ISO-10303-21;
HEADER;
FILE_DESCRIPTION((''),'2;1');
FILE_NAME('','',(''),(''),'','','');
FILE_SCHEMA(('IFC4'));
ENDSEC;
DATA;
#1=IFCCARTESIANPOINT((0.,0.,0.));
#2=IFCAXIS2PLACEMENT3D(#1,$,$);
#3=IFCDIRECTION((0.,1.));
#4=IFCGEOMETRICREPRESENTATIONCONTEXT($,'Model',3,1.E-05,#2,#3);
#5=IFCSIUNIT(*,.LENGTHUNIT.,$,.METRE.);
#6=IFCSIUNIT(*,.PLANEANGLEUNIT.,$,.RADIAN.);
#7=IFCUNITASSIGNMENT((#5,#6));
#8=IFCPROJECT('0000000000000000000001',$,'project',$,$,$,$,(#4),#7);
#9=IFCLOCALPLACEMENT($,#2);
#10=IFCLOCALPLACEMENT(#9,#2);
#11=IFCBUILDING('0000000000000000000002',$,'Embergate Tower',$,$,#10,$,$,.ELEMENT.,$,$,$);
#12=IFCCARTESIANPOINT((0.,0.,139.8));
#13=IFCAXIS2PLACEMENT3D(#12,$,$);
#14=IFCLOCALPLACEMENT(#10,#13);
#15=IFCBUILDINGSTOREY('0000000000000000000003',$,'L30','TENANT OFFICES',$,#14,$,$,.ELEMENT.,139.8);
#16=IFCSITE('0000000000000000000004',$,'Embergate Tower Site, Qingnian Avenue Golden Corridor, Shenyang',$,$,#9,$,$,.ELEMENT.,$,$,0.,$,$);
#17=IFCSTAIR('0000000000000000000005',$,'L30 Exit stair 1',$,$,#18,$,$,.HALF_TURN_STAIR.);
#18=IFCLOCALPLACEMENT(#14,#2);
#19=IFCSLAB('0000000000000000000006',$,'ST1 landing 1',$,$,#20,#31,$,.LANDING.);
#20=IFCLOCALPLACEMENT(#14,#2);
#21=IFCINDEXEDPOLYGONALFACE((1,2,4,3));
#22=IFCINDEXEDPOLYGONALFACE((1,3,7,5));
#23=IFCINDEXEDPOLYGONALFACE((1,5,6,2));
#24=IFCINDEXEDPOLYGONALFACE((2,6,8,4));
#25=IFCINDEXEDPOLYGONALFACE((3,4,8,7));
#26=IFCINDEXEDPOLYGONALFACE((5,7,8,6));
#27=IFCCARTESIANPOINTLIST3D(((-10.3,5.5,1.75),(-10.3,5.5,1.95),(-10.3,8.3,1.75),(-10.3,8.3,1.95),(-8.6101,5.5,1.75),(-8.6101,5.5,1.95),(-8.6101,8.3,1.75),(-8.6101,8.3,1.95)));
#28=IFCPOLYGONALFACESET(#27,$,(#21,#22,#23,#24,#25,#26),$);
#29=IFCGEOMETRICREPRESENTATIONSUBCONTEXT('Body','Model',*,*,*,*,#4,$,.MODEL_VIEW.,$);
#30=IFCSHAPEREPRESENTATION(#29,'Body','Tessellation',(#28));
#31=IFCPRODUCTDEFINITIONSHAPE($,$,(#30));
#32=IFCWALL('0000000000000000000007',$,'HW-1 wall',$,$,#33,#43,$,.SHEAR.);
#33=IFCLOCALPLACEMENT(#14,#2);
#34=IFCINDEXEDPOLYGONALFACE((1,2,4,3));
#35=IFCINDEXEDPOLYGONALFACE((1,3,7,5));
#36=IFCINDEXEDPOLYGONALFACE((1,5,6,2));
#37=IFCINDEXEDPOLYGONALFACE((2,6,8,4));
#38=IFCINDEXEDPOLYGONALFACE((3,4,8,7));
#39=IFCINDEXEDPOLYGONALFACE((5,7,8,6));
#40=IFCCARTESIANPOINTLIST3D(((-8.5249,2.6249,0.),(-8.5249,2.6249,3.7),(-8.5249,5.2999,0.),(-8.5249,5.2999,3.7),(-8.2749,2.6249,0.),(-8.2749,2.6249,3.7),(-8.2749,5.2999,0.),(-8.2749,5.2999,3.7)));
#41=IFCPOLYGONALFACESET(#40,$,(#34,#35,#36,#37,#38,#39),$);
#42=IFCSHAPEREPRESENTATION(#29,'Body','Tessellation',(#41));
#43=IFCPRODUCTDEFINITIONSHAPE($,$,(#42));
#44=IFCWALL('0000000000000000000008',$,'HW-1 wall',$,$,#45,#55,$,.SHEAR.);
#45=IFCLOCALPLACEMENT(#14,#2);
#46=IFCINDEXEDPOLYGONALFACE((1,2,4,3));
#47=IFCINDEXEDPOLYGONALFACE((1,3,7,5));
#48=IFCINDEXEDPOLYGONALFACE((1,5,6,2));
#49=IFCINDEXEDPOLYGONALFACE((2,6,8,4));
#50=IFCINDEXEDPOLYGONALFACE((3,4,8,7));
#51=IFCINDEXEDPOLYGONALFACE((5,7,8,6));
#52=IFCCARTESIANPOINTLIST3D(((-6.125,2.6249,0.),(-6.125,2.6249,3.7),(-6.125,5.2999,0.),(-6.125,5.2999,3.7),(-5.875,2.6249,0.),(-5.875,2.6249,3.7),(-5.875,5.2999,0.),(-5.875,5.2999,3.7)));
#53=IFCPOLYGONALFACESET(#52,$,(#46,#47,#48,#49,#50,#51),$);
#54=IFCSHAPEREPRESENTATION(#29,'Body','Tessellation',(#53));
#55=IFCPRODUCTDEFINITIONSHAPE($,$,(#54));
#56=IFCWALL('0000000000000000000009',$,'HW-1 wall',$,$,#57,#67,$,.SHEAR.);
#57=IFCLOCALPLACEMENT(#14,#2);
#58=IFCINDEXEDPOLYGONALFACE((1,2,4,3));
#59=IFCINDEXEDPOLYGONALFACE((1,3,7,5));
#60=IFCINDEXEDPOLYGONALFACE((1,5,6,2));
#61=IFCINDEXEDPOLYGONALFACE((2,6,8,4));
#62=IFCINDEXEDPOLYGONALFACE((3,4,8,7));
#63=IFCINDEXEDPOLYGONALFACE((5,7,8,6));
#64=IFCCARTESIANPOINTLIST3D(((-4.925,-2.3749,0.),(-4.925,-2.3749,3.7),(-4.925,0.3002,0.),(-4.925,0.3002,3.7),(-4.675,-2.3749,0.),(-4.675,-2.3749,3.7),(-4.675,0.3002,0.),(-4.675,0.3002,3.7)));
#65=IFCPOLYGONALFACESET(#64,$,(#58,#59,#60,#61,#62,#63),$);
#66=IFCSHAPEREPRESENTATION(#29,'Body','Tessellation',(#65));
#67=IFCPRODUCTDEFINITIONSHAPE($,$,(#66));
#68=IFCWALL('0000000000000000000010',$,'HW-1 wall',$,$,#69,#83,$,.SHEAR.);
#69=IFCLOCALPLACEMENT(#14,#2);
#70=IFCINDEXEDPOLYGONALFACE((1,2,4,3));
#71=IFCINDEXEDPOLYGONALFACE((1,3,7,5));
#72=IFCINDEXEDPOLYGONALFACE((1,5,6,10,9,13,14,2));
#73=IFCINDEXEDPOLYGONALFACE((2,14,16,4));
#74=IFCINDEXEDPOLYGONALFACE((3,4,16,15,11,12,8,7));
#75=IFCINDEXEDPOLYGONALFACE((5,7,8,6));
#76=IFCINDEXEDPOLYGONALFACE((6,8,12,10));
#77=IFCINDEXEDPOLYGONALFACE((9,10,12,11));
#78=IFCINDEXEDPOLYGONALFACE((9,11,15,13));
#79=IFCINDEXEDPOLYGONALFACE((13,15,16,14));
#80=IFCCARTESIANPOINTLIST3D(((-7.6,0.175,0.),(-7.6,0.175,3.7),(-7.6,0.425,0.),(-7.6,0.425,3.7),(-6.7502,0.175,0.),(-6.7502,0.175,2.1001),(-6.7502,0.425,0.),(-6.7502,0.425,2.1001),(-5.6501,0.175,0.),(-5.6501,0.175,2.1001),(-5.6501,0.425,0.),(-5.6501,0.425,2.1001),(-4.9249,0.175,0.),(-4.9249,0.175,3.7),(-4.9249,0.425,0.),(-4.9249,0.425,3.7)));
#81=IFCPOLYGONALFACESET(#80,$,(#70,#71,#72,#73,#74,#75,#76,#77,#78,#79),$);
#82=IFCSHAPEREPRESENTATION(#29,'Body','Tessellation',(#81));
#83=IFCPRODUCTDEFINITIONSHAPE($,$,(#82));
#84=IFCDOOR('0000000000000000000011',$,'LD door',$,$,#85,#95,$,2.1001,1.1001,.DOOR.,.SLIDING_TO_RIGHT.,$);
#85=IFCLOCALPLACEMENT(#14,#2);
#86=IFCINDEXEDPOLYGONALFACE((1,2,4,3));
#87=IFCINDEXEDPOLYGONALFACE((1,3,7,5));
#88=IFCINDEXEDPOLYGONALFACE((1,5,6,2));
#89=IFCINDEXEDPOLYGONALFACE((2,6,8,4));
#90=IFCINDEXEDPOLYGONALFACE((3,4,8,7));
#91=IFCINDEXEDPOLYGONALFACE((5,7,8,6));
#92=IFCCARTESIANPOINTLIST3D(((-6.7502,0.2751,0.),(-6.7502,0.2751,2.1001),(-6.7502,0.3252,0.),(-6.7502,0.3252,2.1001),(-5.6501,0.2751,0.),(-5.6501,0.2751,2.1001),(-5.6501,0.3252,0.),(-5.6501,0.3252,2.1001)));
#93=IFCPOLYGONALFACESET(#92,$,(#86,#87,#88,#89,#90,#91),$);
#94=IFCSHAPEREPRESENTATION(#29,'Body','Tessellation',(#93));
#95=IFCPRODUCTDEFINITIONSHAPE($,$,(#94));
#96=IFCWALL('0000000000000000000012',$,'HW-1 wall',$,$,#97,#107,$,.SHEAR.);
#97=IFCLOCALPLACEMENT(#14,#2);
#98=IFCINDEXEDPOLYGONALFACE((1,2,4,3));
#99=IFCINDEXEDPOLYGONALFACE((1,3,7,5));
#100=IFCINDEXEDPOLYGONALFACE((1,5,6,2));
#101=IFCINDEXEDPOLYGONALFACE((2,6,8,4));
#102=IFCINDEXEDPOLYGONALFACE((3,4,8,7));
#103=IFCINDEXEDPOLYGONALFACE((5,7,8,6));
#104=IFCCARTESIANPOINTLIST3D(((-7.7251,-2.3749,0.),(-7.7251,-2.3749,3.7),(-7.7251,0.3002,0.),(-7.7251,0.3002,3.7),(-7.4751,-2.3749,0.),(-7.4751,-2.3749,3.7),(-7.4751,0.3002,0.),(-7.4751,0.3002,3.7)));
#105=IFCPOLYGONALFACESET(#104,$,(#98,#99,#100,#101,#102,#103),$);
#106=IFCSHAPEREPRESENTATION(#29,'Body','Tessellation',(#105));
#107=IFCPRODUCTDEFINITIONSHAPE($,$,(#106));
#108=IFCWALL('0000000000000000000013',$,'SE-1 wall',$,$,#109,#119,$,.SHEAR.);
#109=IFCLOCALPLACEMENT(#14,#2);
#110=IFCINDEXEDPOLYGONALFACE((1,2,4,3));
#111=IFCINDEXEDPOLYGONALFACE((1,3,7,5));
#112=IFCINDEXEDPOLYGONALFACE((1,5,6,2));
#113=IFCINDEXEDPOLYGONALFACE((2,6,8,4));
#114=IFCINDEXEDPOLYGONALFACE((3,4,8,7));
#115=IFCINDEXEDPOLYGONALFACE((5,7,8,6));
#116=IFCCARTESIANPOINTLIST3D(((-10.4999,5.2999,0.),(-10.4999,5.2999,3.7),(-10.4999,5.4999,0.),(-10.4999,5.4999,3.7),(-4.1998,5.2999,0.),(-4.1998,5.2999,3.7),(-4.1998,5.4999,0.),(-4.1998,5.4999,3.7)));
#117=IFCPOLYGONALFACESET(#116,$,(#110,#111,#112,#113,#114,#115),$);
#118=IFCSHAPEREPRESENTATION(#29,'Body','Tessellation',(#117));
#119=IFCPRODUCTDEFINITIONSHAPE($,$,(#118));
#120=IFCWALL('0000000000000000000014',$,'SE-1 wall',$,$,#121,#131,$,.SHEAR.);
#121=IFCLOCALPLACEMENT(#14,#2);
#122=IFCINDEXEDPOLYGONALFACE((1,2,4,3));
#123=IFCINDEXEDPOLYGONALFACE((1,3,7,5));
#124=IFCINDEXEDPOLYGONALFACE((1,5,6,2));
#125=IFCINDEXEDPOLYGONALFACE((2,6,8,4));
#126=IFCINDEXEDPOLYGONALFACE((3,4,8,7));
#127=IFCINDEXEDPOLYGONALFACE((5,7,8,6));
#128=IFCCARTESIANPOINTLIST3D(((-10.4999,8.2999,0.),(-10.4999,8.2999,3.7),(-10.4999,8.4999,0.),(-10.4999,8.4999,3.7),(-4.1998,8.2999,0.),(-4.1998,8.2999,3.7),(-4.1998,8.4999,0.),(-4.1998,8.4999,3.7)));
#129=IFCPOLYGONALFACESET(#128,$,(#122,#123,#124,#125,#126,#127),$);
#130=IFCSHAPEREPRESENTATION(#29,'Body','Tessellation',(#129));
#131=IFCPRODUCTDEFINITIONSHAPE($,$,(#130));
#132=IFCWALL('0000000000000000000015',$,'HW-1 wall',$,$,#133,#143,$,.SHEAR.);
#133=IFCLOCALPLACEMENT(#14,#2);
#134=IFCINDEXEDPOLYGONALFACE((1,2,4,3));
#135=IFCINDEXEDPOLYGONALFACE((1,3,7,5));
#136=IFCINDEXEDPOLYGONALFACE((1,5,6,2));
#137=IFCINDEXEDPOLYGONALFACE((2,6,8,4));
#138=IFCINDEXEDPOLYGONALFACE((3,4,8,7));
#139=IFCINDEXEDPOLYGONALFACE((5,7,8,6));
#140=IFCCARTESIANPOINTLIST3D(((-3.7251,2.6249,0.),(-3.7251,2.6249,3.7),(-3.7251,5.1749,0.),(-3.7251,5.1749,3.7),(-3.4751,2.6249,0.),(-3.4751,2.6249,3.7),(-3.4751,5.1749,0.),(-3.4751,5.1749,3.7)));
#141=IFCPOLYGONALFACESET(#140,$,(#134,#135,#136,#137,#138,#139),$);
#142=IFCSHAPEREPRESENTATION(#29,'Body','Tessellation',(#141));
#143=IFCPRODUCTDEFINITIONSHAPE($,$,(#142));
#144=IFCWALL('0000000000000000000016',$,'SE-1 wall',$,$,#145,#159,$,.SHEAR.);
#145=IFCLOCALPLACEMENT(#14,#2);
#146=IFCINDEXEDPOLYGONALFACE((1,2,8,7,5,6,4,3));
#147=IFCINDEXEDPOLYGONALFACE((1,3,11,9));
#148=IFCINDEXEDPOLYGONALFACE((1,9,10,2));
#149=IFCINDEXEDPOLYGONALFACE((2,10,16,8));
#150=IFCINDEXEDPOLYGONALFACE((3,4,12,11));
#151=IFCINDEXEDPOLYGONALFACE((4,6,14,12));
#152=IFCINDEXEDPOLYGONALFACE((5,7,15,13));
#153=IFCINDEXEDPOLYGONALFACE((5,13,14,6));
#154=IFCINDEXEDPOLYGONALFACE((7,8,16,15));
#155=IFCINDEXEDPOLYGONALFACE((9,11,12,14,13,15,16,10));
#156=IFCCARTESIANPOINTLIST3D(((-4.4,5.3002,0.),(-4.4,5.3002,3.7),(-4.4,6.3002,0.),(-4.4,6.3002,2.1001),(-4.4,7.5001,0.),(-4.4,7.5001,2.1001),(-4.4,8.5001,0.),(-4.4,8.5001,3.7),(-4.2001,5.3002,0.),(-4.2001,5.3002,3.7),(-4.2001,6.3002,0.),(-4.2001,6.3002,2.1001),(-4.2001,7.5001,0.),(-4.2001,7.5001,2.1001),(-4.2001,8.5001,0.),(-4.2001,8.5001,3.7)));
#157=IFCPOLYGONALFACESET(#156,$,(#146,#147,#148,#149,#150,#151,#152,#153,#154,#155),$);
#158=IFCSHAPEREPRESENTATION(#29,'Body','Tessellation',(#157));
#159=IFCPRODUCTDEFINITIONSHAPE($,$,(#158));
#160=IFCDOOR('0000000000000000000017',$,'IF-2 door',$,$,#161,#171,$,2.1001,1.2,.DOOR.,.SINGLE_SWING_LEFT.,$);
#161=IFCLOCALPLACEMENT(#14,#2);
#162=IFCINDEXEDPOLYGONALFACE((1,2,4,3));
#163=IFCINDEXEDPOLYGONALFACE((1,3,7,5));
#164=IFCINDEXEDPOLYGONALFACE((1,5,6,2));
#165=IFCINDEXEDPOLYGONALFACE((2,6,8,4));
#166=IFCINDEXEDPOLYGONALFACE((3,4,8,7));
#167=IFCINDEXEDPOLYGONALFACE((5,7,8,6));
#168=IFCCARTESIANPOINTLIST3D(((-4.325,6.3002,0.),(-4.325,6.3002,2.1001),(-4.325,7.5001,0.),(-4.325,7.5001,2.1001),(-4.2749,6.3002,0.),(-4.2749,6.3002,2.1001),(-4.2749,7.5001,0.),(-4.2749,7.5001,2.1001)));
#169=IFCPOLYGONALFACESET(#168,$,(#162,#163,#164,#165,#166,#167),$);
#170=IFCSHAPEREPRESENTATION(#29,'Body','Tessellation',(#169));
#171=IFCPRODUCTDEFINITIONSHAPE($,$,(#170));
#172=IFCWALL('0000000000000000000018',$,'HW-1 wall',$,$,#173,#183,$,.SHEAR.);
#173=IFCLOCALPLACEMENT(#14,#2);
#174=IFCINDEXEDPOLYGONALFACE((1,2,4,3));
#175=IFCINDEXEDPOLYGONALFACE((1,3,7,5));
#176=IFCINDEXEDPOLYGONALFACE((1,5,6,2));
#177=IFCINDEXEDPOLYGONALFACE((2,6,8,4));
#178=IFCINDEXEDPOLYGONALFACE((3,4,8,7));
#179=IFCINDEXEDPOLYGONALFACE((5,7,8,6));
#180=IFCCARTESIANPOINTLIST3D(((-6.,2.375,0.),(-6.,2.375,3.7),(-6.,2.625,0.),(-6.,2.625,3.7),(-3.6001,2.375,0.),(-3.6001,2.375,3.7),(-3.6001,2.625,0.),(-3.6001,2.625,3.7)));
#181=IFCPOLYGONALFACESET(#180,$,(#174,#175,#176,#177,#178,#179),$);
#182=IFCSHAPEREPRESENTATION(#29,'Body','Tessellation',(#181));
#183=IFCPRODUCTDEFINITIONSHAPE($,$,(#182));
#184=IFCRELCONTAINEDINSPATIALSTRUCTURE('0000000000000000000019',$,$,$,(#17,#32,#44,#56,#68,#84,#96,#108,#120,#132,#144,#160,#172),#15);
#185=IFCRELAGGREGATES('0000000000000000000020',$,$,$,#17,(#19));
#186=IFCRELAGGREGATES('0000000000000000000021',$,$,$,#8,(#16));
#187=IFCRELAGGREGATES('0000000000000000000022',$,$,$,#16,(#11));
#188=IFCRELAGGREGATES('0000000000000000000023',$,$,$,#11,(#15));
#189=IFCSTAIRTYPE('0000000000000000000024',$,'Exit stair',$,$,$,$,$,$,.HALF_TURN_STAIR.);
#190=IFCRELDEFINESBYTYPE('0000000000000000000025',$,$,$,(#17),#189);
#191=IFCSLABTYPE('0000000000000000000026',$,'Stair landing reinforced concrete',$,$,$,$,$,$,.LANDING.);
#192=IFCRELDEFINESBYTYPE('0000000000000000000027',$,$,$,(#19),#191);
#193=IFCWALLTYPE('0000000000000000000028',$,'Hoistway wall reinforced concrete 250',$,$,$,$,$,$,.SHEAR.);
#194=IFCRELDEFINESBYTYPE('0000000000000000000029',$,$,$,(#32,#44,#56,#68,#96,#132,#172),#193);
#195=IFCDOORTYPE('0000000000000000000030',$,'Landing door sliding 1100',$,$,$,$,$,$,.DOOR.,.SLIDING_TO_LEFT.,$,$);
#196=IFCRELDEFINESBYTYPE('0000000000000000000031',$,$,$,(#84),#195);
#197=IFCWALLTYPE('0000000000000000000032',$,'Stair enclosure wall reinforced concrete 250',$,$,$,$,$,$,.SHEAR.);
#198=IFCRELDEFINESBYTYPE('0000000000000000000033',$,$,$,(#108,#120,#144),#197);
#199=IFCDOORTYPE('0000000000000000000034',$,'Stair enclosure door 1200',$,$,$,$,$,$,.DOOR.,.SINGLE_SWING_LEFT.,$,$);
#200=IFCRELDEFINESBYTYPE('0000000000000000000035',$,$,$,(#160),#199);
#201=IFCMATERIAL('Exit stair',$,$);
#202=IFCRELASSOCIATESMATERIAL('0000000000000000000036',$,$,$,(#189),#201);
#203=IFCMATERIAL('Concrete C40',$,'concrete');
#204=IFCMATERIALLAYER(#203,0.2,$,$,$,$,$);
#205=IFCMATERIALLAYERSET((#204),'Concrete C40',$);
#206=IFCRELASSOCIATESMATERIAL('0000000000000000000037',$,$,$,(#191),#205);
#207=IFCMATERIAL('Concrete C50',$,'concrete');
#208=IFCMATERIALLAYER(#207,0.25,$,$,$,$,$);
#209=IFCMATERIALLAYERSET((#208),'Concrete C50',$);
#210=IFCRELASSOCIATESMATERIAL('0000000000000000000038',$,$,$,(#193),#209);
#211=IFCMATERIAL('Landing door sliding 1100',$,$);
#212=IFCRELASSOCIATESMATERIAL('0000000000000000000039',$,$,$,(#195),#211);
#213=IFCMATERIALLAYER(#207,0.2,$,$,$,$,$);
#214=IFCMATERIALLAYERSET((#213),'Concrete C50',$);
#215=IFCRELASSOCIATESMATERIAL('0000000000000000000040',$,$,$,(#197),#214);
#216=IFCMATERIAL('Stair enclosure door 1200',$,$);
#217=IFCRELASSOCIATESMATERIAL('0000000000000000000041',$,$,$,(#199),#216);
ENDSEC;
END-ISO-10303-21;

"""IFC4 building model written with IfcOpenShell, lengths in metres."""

from ifc_helpers import new_model, si_unit, direction, frame, frame_2d, origin, place, context, subcontext, project, spatial, polyline, rectangle, outline, extrude, source, transform, mapped, material, layer, layer_set, type_object, element, fill, aggregate, save


model = new_model("IFC4")

# Units and contexts
model_context = context("Model", 3, precision=1e-05, world=origin(), true_north=direction((0.0, 1.0)))
body_context = subcontext(model_context, "Body", "Model", "MODEL_VIEW")
ifc_project = project(units=[si_unit("LENGTHUNIT", "METRE"), si_unit("PLANEANGLEUNIT", "RADIAN")], contexts=[model_context])

# Site, building, storey
site_placement = place(None, origin())
site = spatial("IfcSite", under=ifc_project, at=site_placement, Name="Embergate Tower Site, Qingnian Avenue Golden Corridor, Shenyang", CompositionType="ELEMENT", RefElevation=0.0)
building_placement = place(site_placement, origin())
building = spatial("IfcBuilding", under=site, at=building_placement, Name="Embergate Tower", CompositionType="ELEMENT")
storey_placement = place(building_placement, frame((0.0, 0.0, 139.8)))
storey = spatial("IfcBuildingStorey", under=building, at=storey_placement, Name="L30", Description="TENANT OFFICES", CompositionType="ELEMENT", Elevation=139.8)

# Stair, slab
ifc_material_1 = material(Name="Exit stair")
stair_type = type_object("IfcStairType", Name="Exit stair", PredefinedType="HALF_TURN_STAIR", material=ifc_material_1)
stair_placement = place(storey_placement, origin())
stair = element("IfcStair", 1, at=stair_placement, inside=storey, type_object=stair_type, Name="L30 Exit stair 1", PredefinedType="HALF_TURN_STAIR")
ifc_material_2 = material(Name="Concrete C40", Category="concrete")
ifc_layer_1 = layer(ifc_material_2, 0.2)
ifc_layer_set_1 = layer_set([ifc_layer_1], Name="Concrete C40")
slab_type = type_object("IfcSlabType", Name="Stair landing reinforced concrete", PredefinedType="LANDING", material=ifc_layer_set_1)
shared_shape_1 = source(origin(), body_context, "Body", "SweptSolid", [
    extrude(outline(polyline([(0.0, 0.0), (1.6899, 0.0), (1.6899, 2.8), (0.0, 2.8), (0.0, 0.0)])), origin(), (0.0, 0.0, 1.0), 0.2),
])
slab_placement = place(storey_placement, frame((-10.3, 5.5, 1.75)))
slab = element("IfcSlab", 2, at=slab_placement, type_object=slab_type, Name="ST1 landing 1", PredefinedType="LANDING", context=body_context, shape_type="MappedRepresentation", body=[
    mapped(shared_shape_1, transform((0.0, 0.0, 0.0))),
])

# Walls
ifc_material_3 = material(Name="Concrete C50", Category="concrete")
ifc_layer_2 = layer(ifc_material_3, 0.25)
ifc_layer_set_2 = layer_set([ifc_layer_2], Name="Concrete C50")
wall_type_1 = type_object("IfcWallType", Name="Hoistway wall reinforced concrete 250", PredefinedType="SHEAR", material=ifc_layer_set_2)
shared_shape_2 = source(origin(), body_context, "Body", "SweptSolid", [
    extrude(rectangle(XDim=2.675, YDim=0.25, at=frame_2d((1.3374, 0.0))), origin(), (0.0, 0.0, 1.0), 3.7),
])
for number, where, z_axis, x_axis, name in (
    (3, (-8.3999, 2.625, 0.0), (0.0, 0.0, 1.0), (0.0, 1.0, 0.0), "HW-1 wall"),
    (4, (-6.0, 2.625, 0.0), (0.0, 0.0, 1.0), (0.0, 1.0, 0.0), "HW-1 wall"),
    (5, (-4.8, 0.3, 0.0), (0.0, 0.0, 1.0), (0.0, -1.0, 0.0), "HW-1 wall"),
):
    element("IfcWall", number, at=place(storey_placement, frame(where, z_axis=z_axis, x_axis=x_axis)), inside=storey, type_object=wall_type_1, Name=name, PredefinedType="SHEAR", context=body_context, shape_type="MappedRepresentation", body=[
        mapped(shared_shape_2, transform((0.0, 0.0, 0.0))),
    ])

# Wall, opening, door
wall_1_placement = place(storey_placement, frame((-4.925, 0.3, 0.0), z_axis=(0.0, 0.0, 1.0), x_axis=(-1.0, 0.0, 0.0)))
wall_1 = element("IfcWall", 6, at=wall_1_placement, inside=storey, type_object=wall_type_1, Name="HW-1 wall", PredefinedType="SHEAR", context=body_context, shape_type="MappedRepresentation", body=[
    mapped(shared_shape_2, transform((0.0, 0.0, 0.0))),
])
shared_shape_3 = source(origin(), body_context, "Body", "SweptSolid", [
    extrude(rectangle(XDim=1.1001, YDim=2.1001, at=frame_2d((0.55, 1.05))), frame((0.0, 0.135, 0.0), z_axis=(0.0, -1.0, 0.0), x_axis=(1.0, 0.0, 0.0)), (0.0, 0.0, 1.0), 0.27),
])
opening_1_placement = place(wall_1_placement, frame((0.7251, 0.0, 0.0)))
opening_1 = element("IfcOpeningElement", 7, at=opening_1_placement, cuts=wall_1, PredefinedType="OPENING", context=body_context, shape_type="MappedRepresentation", body=[
    mapped(shared_shape_3, transform((0.0, 0.0, 0.0))),
])
ifc_material_4 = material(Name="Landing door sliding 1100")
door_type_1 = type_object("IfcDoorType", Name="Landing door sliding 1100", OperationType="SLIDING_TO_LEFT", PredefinedType="DOOR", material=ifc_material_4)
shared_shape_4 = source(origin(), body_context, "Body", "SweptSolid", [
    extrude(rectangle(XDim=1.1001, YDim=2.1001, at=frame_2d((0.55, 1.05))), frame((0.0, 0.0249, 0.0), z_axis=(0.0, -1.0, 0.0), x_axis=(1.0, 0.0, 0.0)), (0.0, 0.0, 1.0), 0.05),
])
door_1_placement = place(opening_1_placement, origin())
door_1 = element("IfcDoor", 8, at=door_1_placement, inside=storey, type_object=door_type_1, Name="LD door", OperationType="SLIDING_TO_RIGHT", OverallHeight=2.1001, OverallWidth=1.1001, PredefinedType="DOOR", context=body_context, shape_type="MappedRepresentation", body=[
    mapped(shared_shape_4, transform((0.0, 0.0, 0.0))),
])
fill(opening_1, door_1)

# Walls
wall_2_placement = place(storey_placement, frame((-7.6001, 0.3, 0.0), z_axis=(0.0, 0.0, 1.0), x_axis=(0.0, -1.0, 0.0)))
element("IfcWall", 9, at=wall_2_placement, inside=storey, type_object=wall_type_1, Name="HW-1 wall", PredefinedType="SHEAR", context=body_context, shape_type="MappedRepresentation", body=[
    mapped(shared_shape_2, transform((0.0, 0.0, 0.0))),
])
ifc_layer_3 = layer(ifc_material_3, 0.2)
ifc_layer_set_3 = layer_set([ifc_layer_3], Name="Concrete C50")
wall_type_2 = type_object("IfcWallType", Name="Stair enclosure wall reinforced concrete 250", PredefinedType="SHEAR", material=ifc_layer_set_3)
shared_shape_5 = source(origin(), body_context, "Body", "SweptSolid", [
    extrude(rectangle(XDim=6.3, YDim=0.2, at=frame_2d((3.1499, 0.0))), origin(), (0.0, 0.0, 1.0), 3.7),
])
for number, where, z_axis, x_axis, name in (
    (10, (-4.2, 5.3999, 0.0), (0.0, 0.0, 1.0), (-1.0, 0.0, 0.0), "SE-1 wall"),
    (11, (-4.2, 8.3999, 0.0), (0.0, 0.0, 1.0), (-1.0, 0.0, 0.0), "SE-1 wall"),
):
    element("IfcWall", number, at=place(storey_placement, frame(where, z_axis=z_axis, x_axis=x_axis)), inside=storey, type_object=wall_type_2, Name=name, PredefinedType="SHEAR", context=body_context, shape_type="MappedRepresentation", body=[
        mapped(shared_shape_5, transform((0.0, 0.0, 0.0))),
    ])
shared_shape_6 = source(origin(), body_context, "Body", "SweptSolid", [
    extrude(rectangle(XDim=2.55, YDim=0.25, at=frame_2d((1.2749, 0.0))), origin(), (0.0, 0.0, 1.0), 3.7),
])
wall_3_placement = place(storey_placement, frame((-3.6001, 2.625, 0.0), z_axis=(0.0, 0.0, 1.0), x_axis=(0.0, 1.0, 0.0)))
element("IfcWall", 12, at=wall_3_placement, inside=storey, type_object=wall_type_1, Name="HW-1 wall", PredefinedType="SHEAR", context=body_context, shape_type="MappedRepresentation", body=[
    mapped(shared_shape_6, transform((0.0, 0.0, 0.0))),
])

# Wall, opening, door
shared_shape_7 = source(origin(), body_context, "Body", "SweptSolid", [
    extrude(rectangle(XDim=3.2, YDim=0.2, at=frame_2d((1.6001, 0.0))), origin(), (0.0, 0.0, 1.0), 3.7),
])
wall_4_placement = place(storey_placement, frame((-4.3, 5.3, 0.0), z_axis=(0.0, 0.0, 1.0), x_axis=(0.0, 1.0, 0.0)))
wall_4 = element("IfcWall", 13, at=wall_4_placement, inside=storey, type_object=wall_type_2, Name="SE-1 wall", PredefinedType="SHEAR", context=body_context, shape_type="MappedRepresentation", body=[
    mapped(shared_shape_7, transform((0.0, 0.0, 0.0))),
])
shared_shape_8 = source(origin(), body_context, "Body", "SweptSolid", [
    extrude(rectangle(XDim=1.2, YDim=2.1001, at=frame_2d((0.6001, 1.05))), frame((0.0, 0.1099, 0.0), z_axis=(0.0, -1.0, 0.0), x_axis=(1.0, 0.0, 0.0)), (0.0, 0.0, 1.0), 0.22),
])
opening_2_placement = place(wall_4_placement, frame((1.0, 0.0, 0.0)))
opening_2 = element("IfcOpeningElement", 14, at=opening_2_placement, cuts=wall_4, PredefinedType="OPENING", context=body_context, shape_type="MappedRepresentation", body=[
    mapped(shared_shape_8, transform((0.0, 0.0, 0.0))),
])
ifc_material_5 = material(Name="Stair enclosure door 1200")
door_type_2 = type_object("IfcDoorType", Name="Stair enclosure door 1200", OperationType="SINGLE_SWING_LEFT", PredefinedType="DOOR", material=ifc_material_5)
shared_shape_9 = source(origin(), body_context, "Body", "SweptSolid", [
    extrude(rectangle(XDim=1.2, YDim=2.1001, at=frame_2d((0.6001, 1.05))), frame((0.0, 0.0249, 0.0), z_axis=(0.0, -1.0, 0.0), x_axis=(1.0, 0.0, 0.0)), (0.0, 0.0, 1.0), 0.05),
])
door_2_placement = place(opening_2_placement, origin())
door_2 = element("IfcDoor", 15, at=door_2_placement, inside=storey, type_object=door_type_2, Name="IF-2 door", OperationType="SINGLE_SWING_LEFT", OverallHeight=2.1001, OverallWidth=1.2, PredefinedType="DOOR", context=body_context, shape_type="MappedRepresentation", body=[
    mapped(shared_shape_9, transform((0.0, 0.0, 0.0))),
])
fill(opening_2, door_2)

# Wall
shared_shape_10 = source(origin(), body_context, "Body", "SweptSolid", [
    extrude(rectangle(XDim=2.3999, YDim=0.25, at=frame_2d((1.2, 0.0))), origin(), (0.0, 0.0, 1.0), 3.7),
])
wall_5_placement = place(storey_placement, frame((-6.0, 2.5, 0.0), z_axis=(0.0, 0.0, 1.0), x_axis=(1.0, 0.0, 0.0)))
element("IfcWall", 16, at=wall_5_placement, inside=storey, type_object=wall_type_1, Name="HW-1 wall", PredefinedType="SHEAR", context=body_context, shape_type="MappedRepresentation", body=[
    mapped(shared_shape_10, transform((0.0, 0.0, 0.0))),
])

aggregate(stair, [slab])

save(model, "model.ifc")
